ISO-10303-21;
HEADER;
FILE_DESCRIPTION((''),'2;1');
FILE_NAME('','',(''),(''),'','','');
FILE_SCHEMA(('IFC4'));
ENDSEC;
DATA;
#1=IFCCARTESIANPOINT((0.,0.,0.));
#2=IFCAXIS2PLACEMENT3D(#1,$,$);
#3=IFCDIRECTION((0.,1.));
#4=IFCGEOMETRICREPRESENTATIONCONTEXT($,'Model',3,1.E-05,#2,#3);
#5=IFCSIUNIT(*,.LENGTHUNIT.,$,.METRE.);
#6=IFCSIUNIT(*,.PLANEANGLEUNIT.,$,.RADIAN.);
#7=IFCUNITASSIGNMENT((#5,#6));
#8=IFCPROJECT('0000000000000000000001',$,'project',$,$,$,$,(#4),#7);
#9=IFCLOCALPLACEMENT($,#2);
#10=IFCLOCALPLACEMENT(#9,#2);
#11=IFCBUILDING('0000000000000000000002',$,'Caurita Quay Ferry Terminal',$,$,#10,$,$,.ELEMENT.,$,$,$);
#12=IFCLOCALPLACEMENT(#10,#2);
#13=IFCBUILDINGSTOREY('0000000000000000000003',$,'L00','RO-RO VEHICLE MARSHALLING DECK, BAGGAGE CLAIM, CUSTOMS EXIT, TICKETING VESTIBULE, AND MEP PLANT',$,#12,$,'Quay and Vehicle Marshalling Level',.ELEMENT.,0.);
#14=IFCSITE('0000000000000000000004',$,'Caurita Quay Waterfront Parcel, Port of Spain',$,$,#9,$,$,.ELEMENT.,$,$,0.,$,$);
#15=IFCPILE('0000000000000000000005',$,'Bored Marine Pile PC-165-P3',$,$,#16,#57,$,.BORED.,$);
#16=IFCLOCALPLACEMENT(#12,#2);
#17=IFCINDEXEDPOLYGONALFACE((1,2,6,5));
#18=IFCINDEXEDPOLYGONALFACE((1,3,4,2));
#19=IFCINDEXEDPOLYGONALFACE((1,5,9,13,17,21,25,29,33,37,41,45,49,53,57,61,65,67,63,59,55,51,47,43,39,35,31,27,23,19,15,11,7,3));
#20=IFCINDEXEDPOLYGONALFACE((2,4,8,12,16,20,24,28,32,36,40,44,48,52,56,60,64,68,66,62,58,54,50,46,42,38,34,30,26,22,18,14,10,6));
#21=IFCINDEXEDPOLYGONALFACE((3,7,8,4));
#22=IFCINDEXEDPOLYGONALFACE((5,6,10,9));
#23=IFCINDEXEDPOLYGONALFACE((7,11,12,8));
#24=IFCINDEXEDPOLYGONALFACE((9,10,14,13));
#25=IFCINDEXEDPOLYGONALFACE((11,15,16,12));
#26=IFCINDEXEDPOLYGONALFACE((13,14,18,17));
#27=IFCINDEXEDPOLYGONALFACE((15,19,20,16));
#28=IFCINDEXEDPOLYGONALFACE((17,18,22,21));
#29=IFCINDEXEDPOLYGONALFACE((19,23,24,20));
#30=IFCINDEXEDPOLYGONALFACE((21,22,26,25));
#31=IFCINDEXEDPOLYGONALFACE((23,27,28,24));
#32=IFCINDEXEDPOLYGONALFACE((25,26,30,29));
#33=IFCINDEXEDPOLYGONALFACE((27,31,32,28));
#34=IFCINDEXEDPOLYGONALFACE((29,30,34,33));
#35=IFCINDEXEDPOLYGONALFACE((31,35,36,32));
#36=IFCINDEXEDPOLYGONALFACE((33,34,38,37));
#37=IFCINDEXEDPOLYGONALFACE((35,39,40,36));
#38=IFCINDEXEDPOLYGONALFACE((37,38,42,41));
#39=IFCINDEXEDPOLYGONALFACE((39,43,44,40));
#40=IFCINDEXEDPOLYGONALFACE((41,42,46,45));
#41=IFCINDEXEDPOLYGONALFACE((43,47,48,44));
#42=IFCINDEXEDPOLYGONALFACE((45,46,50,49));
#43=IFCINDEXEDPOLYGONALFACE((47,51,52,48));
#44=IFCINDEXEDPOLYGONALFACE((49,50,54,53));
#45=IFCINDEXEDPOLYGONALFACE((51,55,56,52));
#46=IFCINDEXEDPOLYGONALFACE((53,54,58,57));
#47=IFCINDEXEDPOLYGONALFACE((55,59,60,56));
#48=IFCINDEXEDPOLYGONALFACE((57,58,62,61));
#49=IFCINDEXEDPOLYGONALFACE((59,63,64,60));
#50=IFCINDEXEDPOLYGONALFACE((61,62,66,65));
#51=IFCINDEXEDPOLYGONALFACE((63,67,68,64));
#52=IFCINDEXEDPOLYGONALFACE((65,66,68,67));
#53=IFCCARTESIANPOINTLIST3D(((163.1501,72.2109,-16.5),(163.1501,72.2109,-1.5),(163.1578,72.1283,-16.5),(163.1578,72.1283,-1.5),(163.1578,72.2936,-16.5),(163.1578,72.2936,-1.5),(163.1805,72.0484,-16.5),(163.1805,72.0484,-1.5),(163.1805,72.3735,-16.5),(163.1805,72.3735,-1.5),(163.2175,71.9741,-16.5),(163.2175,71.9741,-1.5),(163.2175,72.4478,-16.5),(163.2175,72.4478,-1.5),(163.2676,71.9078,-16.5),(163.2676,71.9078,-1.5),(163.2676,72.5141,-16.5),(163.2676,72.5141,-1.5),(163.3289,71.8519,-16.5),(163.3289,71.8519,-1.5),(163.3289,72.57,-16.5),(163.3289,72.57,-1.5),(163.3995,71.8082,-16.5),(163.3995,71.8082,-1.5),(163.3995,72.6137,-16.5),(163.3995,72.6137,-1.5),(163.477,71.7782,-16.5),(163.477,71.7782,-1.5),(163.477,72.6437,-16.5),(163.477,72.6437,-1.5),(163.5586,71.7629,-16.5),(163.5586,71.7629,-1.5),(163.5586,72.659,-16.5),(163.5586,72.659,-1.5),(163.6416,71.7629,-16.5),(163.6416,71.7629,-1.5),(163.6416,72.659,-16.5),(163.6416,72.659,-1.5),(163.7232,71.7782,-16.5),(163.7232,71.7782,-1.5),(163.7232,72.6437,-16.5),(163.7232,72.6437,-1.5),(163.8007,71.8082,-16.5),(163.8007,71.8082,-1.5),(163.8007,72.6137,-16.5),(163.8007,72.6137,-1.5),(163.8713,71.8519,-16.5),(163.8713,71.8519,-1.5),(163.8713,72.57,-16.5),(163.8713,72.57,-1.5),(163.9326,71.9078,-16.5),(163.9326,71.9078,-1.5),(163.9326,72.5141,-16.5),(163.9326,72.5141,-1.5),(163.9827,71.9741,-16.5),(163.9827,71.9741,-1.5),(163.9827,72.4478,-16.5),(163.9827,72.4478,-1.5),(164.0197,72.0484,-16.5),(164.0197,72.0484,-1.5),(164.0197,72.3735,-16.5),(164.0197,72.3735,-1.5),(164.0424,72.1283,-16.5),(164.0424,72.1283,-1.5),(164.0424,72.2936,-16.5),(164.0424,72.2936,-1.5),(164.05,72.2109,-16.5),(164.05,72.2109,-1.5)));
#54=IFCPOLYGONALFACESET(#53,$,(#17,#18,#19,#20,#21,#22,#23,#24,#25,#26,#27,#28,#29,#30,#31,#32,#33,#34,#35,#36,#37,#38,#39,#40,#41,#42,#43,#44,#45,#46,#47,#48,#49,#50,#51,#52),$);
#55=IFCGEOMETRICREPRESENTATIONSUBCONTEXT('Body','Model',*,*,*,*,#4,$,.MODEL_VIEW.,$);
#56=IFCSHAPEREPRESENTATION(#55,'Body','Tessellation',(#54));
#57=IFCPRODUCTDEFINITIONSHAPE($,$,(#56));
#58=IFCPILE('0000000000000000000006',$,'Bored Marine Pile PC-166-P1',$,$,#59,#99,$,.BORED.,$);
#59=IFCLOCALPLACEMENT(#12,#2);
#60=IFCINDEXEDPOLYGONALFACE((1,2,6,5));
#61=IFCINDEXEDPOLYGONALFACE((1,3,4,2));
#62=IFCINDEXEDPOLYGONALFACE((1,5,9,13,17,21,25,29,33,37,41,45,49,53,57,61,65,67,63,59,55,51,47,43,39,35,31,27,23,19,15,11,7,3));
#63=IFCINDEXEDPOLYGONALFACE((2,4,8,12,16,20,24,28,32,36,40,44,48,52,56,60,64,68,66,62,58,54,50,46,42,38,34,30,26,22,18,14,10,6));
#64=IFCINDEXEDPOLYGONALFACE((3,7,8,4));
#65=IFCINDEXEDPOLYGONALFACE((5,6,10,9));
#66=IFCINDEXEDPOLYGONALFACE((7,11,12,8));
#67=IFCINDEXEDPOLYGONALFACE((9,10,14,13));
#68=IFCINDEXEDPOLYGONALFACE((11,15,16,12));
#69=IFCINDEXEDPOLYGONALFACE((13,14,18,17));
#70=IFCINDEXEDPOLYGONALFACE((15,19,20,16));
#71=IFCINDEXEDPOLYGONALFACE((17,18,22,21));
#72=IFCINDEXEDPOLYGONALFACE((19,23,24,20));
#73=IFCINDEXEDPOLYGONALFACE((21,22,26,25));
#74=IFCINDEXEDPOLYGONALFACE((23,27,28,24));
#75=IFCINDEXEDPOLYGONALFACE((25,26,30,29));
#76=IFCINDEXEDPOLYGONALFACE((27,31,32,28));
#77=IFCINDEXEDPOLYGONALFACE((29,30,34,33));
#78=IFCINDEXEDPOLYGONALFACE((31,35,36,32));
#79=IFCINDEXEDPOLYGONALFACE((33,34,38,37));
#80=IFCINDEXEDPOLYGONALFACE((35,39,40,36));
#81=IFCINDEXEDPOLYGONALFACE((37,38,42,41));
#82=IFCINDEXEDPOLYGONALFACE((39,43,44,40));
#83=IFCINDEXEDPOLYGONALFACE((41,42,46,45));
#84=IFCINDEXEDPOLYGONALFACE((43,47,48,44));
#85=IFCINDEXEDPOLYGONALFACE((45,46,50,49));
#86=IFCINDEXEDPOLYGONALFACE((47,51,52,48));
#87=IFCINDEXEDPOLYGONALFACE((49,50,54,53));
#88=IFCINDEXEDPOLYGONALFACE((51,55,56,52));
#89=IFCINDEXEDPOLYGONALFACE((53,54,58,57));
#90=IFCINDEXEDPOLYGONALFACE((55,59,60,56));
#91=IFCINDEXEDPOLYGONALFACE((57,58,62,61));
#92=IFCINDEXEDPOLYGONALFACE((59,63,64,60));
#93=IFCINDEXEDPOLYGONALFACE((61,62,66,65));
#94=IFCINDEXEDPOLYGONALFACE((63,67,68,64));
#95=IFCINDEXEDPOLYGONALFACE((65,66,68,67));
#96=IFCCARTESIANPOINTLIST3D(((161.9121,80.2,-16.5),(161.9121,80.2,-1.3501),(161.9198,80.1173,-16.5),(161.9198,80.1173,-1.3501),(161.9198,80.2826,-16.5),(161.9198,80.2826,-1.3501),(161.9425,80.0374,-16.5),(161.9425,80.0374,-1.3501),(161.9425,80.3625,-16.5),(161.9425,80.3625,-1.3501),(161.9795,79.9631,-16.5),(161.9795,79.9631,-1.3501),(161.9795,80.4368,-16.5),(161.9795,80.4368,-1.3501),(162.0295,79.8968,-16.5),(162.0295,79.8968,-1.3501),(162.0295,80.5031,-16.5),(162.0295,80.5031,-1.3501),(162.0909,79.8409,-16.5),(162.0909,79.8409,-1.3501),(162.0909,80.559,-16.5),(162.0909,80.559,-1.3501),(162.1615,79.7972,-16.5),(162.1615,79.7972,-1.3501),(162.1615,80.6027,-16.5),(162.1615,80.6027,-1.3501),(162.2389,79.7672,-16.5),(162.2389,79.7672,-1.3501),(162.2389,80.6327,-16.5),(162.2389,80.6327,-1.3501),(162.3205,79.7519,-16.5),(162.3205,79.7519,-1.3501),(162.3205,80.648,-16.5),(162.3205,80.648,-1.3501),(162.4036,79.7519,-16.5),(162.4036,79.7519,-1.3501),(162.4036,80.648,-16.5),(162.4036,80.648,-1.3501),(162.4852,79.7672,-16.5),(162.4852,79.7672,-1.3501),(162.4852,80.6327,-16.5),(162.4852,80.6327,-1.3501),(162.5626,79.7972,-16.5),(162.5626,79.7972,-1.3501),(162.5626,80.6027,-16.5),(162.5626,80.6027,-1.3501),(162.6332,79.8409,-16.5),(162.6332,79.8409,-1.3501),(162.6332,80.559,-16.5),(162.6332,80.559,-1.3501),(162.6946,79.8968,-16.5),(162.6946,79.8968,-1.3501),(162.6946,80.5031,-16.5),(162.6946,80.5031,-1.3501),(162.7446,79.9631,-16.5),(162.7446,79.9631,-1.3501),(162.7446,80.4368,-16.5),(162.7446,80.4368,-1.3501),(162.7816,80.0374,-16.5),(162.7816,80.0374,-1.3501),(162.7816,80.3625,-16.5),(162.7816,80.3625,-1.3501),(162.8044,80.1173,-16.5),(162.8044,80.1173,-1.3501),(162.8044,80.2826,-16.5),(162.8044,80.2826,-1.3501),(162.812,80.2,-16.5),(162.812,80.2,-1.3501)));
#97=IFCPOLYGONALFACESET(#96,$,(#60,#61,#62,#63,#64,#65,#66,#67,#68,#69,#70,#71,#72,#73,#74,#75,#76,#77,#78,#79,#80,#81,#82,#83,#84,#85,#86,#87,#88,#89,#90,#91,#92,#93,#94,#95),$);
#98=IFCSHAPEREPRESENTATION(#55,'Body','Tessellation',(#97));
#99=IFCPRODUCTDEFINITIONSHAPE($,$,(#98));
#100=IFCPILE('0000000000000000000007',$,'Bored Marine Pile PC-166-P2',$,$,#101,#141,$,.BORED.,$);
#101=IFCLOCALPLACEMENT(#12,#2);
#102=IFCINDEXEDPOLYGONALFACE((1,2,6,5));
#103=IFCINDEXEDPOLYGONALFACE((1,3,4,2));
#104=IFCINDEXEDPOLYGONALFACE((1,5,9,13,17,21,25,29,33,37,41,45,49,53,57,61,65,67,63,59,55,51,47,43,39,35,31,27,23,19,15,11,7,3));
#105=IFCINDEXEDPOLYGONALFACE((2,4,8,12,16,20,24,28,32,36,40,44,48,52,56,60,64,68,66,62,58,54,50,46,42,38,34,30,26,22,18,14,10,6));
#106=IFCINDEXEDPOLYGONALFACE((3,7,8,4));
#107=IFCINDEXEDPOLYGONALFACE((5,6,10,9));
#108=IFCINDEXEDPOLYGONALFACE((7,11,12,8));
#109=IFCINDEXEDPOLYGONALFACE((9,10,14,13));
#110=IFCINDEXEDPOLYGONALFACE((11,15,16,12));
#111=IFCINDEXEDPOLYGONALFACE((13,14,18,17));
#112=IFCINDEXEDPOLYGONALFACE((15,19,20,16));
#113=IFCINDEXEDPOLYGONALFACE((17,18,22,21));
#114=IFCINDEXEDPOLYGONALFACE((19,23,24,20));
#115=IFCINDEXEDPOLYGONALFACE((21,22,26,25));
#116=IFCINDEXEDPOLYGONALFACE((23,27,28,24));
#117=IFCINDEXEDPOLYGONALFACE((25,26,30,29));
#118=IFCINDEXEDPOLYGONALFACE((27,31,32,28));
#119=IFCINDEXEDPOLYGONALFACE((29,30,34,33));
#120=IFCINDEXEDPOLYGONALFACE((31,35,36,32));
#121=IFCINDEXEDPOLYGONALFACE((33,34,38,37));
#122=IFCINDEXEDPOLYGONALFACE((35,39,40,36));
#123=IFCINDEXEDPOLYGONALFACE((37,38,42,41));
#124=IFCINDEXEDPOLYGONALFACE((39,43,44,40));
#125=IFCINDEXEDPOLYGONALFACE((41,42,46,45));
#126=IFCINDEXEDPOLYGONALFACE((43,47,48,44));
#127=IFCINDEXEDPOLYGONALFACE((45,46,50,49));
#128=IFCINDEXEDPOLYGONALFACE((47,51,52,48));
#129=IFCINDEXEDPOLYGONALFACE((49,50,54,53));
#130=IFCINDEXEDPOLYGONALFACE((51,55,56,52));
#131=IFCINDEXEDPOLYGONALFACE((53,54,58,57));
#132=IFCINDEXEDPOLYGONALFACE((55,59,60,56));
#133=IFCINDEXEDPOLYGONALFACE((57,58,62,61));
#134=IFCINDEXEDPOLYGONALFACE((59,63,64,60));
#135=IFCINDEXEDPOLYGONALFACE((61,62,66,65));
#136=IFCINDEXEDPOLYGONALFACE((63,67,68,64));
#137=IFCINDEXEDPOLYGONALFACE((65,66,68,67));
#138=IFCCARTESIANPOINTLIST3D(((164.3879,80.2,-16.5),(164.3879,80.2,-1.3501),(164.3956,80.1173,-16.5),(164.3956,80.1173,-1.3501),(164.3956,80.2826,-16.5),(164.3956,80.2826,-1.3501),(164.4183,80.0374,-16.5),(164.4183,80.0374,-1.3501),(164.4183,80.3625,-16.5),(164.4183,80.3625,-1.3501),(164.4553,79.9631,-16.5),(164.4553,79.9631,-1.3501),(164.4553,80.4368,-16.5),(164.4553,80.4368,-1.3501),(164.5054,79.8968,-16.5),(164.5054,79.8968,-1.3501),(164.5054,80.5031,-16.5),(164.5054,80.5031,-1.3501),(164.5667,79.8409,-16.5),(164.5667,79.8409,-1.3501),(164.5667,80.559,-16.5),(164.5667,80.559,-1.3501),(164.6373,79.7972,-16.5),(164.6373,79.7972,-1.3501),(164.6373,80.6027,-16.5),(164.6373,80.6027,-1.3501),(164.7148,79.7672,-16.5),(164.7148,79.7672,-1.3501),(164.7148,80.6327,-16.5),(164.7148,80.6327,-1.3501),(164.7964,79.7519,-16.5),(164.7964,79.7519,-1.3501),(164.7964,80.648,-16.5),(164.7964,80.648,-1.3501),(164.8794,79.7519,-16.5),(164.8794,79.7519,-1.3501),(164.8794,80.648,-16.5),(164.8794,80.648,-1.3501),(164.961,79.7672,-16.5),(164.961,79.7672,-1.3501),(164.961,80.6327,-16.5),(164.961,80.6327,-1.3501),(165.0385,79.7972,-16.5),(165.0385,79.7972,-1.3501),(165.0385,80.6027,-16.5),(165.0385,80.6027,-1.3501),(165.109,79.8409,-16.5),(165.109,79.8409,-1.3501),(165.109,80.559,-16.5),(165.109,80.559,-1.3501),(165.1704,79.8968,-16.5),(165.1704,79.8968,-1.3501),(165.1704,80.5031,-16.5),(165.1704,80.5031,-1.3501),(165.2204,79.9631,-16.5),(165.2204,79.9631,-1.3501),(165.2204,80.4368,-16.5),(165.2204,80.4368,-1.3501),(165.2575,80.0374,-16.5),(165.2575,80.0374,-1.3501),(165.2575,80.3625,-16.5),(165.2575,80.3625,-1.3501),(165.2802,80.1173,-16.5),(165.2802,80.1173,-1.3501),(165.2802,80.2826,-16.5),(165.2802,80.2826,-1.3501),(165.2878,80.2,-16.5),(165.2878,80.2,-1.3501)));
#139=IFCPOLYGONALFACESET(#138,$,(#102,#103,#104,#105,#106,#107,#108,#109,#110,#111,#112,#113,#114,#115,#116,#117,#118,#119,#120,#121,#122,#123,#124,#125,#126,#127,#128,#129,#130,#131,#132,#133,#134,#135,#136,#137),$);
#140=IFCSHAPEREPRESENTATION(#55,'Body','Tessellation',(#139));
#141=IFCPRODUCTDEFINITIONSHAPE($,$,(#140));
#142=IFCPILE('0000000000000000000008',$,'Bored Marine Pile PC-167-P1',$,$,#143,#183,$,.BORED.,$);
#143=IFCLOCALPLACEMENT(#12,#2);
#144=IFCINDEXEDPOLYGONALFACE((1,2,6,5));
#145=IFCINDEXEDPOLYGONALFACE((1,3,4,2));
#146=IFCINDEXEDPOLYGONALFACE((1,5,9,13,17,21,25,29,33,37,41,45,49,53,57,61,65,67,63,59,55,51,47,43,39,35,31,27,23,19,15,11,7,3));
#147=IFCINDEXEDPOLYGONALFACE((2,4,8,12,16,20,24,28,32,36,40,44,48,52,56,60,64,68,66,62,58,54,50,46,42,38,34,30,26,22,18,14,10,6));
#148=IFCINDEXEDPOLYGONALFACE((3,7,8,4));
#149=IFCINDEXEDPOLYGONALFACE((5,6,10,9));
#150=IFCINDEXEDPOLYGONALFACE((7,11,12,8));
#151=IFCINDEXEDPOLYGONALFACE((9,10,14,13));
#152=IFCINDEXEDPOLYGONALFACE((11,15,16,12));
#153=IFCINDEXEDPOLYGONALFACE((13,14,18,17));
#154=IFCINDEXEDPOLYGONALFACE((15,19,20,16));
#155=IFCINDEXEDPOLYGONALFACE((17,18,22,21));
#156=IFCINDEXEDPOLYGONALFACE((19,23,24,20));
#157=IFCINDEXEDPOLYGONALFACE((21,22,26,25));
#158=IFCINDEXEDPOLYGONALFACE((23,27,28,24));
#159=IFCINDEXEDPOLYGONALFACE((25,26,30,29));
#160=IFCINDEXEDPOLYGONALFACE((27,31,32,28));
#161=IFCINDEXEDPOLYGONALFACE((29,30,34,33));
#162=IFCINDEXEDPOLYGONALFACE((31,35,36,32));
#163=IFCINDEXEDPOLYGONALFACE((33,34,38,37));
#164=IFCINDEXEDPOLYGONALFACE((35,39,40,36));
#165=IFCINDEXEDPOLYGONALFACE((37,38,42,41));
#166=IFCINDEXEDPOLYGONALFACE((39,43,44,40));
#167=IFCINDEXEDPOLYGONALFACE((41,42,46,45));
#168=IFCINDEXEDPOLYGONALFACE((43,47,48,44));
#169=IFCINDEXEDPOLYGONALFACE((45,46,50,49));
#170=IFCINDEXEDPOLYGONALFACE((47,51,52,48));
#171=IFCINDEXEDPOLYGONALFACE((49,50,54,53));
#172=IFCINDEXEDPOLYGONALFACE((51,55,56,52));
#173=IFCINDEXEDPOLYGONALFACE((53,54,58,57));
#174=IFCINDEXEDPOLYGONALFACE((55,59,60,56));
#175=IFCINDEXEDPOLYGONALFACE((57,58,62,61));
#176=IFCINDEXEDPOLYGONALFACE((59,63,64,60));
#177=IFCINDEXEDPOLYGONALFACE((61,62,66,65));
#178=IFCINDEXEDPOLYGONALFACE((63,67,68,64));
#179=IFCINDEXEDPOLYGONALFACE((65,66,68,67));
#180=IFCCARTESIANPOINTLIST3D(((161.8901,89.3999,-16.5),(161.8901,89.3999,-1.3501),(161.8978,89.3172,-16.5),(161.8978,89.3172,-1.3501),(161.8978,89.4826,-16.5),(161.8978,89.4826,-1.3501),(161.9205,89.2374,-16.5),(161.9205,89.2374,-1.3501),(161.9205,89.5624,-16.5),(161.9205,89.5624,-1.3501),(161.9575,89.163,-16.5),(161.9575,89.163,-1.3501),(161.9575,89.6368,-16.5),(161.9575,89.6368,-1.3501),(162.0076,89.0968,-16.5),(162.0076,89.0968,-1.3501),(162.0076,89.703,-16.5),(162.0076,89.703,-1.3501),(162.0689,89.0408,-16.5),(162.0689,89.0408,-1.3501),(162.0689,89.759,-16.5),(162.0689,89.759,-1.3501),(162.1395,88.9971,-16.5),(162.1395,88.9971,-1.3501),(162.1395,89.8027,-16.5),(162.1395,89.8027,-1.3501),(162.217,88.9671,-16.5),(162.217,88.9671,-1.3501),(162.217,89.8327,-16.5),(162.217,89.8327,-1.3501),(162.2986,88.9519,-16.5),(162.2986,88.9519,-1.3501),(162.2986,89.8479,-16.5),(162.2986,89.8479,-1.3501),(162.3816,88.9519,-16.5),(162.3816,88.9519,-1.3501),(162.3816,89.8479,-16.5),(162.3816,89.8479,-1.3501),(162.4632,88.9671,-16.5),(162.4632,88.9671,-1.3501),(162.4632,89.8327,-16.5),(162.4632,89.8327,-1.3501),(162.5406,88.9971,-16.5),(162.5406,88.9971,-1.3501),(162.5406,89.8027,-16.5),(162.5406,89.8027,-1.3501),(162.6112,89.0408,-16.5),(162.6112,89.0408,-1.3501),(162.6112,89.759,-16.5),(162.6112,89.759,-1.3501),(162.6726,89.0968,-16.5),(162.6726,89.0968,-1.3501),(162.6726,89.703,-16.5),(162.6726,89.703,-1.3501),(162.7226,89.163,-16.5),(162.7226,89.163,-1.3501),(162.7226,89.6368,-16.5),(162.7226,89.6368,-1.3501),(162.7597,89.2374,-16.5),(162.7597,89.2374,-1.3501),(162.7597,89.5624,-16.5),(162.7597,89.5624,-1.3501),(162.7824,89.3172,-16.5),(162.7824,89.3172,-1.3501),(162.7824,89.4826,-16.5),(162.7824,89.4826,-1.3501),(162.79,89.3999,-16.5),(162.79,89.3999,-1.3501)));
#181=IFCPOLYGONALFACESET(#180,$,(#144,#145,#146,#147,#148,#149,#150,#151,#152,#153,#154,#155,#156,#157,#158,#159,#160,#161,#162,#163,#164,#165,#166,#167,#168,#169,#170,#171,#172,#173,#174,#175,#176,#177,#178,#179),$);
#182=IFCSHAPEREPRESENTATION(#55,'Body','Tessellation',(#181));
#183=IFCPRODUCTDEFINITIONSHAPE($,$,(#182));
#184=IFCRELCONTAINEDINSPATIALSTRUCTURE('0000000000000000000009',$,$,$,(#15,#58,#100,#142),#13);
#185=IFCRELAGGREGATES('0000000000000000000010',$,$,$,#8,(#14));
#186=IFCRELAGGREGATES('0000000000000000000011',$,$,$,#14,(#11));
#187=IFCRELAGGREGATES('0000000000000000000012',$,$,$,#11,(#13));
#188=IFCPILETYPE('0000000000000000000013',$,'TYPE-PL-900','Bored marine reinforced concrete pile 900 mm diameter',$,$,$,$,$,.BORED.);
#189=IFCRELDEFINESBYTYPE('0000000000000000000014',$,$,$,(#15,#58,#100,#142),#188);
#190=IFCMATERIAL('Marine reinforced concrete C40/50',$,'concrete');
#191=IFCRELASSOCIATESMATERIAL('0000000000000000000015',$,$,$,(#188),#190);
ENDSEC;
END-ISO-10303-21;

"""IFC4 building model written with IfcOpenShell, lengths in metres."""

from ifc_helpers import new_model, si_unit, direction, frame, origin, origin_2d, place, context, subcontext, project, spatial, circle, extrude, material, material_profile, profile_set, type_object, element, save


model = new_model("IFC4")

# Units and contexts
model_context = context("Model", 3, precision=1e-05, world=origin(), true_north=direction((0.0, 1.0)))
body_context = subcontext(model_context, "Body", "Model", "MODEL_VIEW")
ifc_project = project(units=[si_unit("LENGTHUNIT", "METRE"), si_unit("PLANEANGLEUNIT", "RADIAN")], contexts=[model_context])

# Site, building, storey
site_placement = place(None, origin())
site = spatial("IfcSite", under=ifc_project, at=site_placement, Name="Caurita Quay Waterfront Parcel, Port of Spain", CompositionType="ELEMENT", RefElevation=0.0)
building_placement = place(site_placement, origin())
building = spatial("IfcBuilding", under=site, at=building_placement, Name="Caurita Quay Ferry Terminal", CompositionType="ELEMENT")
storey_placement = place(building_placement, origin())
storey = spatial("IfcBuildingStorey", under=building, at=storey_placement, Name="L00", Description="RO-RO VEHICLE MARSHALLING DECK, BAGGAGE CLAIM, CUSTOMS EXIT, TICKETING VESTIBULE, AND MEP PLANT", LongName="Quay and Vehicle Marshalling Level", CompositionType="ELEMENT", Elevation=0.0)

# Piles
ifc_material_1 = material(Name="Marine reinforced concrete C40/50", Category="concrete")
ifc_material_profile_1 = material_profile(ifc_material_1, circle(Radius=0.45, at=origin_2d()), Name="PILE-D900")
ifc_profile_set_1 = profile_set([ifc_material_profile_1], Name="Marine reinforced concrete C40/50")
pile_type = type_object("IfcPileType", Name="TYPE-PL-900", Description="Bored marine reinforced concrete pile 900 mm diameter", PredefinedType="BORED", material=ifc_profile_set_1)
pile_1_placement = place(storey_placement, frame((163.6001, 72.2109, -1.5), z_axis=(0.0, 0.0, -1.0), x_axis=(1.0, 0.0, 0.0)))
element("IfcPile", 1, at=pile_1_placement, inside=storey, type_object=pile_type, Name="Bored Marine Pile PC-165-P3", PredefinedType="BORED", context=body_context, shape_type="SweptSolid", body=[
    extrude(circle(Radius=0.45, at=origin_2d()), origin(), (0.0, 0.0, 1.0), 15.0),
])
for number, where, z_axis, x_axis, name in (
    (2, (162.3621, 80.2, -1.3501), (0.0, 0.0, -1.0), (1.0, 0.0, 0.0), "Bored Marine Pile PC-166-P1"),
    (3, (164.8379, 80.2, -1.3501), (0.0, 0.0, -1.0), (1.0, 0.0, 0.0), "Bored Marine Pile PC-166-P2"),
    (4, (162.3401, 89.3999, -1.3501), (0.0, 0.0, -1.0), (1.0, 0.0, 0.0), "Bored Marine Pile PC-167-P1"),
):
    element("IfcPile", number, at=place(storey_placement, frame(where, z_axis=z_axis, x_axis=x_axis)), inside=storey, type_object=pile_type, Name=name, PredefinedType="BORED", context=body_context, shape_type="SweptSolid", body=[
        extrude(circle(Radius=0.45, at=origin_2d()), origin(), (0.0, 0.0, 1.0), 15.1499),
    ])

save(model, "model.ifc")
